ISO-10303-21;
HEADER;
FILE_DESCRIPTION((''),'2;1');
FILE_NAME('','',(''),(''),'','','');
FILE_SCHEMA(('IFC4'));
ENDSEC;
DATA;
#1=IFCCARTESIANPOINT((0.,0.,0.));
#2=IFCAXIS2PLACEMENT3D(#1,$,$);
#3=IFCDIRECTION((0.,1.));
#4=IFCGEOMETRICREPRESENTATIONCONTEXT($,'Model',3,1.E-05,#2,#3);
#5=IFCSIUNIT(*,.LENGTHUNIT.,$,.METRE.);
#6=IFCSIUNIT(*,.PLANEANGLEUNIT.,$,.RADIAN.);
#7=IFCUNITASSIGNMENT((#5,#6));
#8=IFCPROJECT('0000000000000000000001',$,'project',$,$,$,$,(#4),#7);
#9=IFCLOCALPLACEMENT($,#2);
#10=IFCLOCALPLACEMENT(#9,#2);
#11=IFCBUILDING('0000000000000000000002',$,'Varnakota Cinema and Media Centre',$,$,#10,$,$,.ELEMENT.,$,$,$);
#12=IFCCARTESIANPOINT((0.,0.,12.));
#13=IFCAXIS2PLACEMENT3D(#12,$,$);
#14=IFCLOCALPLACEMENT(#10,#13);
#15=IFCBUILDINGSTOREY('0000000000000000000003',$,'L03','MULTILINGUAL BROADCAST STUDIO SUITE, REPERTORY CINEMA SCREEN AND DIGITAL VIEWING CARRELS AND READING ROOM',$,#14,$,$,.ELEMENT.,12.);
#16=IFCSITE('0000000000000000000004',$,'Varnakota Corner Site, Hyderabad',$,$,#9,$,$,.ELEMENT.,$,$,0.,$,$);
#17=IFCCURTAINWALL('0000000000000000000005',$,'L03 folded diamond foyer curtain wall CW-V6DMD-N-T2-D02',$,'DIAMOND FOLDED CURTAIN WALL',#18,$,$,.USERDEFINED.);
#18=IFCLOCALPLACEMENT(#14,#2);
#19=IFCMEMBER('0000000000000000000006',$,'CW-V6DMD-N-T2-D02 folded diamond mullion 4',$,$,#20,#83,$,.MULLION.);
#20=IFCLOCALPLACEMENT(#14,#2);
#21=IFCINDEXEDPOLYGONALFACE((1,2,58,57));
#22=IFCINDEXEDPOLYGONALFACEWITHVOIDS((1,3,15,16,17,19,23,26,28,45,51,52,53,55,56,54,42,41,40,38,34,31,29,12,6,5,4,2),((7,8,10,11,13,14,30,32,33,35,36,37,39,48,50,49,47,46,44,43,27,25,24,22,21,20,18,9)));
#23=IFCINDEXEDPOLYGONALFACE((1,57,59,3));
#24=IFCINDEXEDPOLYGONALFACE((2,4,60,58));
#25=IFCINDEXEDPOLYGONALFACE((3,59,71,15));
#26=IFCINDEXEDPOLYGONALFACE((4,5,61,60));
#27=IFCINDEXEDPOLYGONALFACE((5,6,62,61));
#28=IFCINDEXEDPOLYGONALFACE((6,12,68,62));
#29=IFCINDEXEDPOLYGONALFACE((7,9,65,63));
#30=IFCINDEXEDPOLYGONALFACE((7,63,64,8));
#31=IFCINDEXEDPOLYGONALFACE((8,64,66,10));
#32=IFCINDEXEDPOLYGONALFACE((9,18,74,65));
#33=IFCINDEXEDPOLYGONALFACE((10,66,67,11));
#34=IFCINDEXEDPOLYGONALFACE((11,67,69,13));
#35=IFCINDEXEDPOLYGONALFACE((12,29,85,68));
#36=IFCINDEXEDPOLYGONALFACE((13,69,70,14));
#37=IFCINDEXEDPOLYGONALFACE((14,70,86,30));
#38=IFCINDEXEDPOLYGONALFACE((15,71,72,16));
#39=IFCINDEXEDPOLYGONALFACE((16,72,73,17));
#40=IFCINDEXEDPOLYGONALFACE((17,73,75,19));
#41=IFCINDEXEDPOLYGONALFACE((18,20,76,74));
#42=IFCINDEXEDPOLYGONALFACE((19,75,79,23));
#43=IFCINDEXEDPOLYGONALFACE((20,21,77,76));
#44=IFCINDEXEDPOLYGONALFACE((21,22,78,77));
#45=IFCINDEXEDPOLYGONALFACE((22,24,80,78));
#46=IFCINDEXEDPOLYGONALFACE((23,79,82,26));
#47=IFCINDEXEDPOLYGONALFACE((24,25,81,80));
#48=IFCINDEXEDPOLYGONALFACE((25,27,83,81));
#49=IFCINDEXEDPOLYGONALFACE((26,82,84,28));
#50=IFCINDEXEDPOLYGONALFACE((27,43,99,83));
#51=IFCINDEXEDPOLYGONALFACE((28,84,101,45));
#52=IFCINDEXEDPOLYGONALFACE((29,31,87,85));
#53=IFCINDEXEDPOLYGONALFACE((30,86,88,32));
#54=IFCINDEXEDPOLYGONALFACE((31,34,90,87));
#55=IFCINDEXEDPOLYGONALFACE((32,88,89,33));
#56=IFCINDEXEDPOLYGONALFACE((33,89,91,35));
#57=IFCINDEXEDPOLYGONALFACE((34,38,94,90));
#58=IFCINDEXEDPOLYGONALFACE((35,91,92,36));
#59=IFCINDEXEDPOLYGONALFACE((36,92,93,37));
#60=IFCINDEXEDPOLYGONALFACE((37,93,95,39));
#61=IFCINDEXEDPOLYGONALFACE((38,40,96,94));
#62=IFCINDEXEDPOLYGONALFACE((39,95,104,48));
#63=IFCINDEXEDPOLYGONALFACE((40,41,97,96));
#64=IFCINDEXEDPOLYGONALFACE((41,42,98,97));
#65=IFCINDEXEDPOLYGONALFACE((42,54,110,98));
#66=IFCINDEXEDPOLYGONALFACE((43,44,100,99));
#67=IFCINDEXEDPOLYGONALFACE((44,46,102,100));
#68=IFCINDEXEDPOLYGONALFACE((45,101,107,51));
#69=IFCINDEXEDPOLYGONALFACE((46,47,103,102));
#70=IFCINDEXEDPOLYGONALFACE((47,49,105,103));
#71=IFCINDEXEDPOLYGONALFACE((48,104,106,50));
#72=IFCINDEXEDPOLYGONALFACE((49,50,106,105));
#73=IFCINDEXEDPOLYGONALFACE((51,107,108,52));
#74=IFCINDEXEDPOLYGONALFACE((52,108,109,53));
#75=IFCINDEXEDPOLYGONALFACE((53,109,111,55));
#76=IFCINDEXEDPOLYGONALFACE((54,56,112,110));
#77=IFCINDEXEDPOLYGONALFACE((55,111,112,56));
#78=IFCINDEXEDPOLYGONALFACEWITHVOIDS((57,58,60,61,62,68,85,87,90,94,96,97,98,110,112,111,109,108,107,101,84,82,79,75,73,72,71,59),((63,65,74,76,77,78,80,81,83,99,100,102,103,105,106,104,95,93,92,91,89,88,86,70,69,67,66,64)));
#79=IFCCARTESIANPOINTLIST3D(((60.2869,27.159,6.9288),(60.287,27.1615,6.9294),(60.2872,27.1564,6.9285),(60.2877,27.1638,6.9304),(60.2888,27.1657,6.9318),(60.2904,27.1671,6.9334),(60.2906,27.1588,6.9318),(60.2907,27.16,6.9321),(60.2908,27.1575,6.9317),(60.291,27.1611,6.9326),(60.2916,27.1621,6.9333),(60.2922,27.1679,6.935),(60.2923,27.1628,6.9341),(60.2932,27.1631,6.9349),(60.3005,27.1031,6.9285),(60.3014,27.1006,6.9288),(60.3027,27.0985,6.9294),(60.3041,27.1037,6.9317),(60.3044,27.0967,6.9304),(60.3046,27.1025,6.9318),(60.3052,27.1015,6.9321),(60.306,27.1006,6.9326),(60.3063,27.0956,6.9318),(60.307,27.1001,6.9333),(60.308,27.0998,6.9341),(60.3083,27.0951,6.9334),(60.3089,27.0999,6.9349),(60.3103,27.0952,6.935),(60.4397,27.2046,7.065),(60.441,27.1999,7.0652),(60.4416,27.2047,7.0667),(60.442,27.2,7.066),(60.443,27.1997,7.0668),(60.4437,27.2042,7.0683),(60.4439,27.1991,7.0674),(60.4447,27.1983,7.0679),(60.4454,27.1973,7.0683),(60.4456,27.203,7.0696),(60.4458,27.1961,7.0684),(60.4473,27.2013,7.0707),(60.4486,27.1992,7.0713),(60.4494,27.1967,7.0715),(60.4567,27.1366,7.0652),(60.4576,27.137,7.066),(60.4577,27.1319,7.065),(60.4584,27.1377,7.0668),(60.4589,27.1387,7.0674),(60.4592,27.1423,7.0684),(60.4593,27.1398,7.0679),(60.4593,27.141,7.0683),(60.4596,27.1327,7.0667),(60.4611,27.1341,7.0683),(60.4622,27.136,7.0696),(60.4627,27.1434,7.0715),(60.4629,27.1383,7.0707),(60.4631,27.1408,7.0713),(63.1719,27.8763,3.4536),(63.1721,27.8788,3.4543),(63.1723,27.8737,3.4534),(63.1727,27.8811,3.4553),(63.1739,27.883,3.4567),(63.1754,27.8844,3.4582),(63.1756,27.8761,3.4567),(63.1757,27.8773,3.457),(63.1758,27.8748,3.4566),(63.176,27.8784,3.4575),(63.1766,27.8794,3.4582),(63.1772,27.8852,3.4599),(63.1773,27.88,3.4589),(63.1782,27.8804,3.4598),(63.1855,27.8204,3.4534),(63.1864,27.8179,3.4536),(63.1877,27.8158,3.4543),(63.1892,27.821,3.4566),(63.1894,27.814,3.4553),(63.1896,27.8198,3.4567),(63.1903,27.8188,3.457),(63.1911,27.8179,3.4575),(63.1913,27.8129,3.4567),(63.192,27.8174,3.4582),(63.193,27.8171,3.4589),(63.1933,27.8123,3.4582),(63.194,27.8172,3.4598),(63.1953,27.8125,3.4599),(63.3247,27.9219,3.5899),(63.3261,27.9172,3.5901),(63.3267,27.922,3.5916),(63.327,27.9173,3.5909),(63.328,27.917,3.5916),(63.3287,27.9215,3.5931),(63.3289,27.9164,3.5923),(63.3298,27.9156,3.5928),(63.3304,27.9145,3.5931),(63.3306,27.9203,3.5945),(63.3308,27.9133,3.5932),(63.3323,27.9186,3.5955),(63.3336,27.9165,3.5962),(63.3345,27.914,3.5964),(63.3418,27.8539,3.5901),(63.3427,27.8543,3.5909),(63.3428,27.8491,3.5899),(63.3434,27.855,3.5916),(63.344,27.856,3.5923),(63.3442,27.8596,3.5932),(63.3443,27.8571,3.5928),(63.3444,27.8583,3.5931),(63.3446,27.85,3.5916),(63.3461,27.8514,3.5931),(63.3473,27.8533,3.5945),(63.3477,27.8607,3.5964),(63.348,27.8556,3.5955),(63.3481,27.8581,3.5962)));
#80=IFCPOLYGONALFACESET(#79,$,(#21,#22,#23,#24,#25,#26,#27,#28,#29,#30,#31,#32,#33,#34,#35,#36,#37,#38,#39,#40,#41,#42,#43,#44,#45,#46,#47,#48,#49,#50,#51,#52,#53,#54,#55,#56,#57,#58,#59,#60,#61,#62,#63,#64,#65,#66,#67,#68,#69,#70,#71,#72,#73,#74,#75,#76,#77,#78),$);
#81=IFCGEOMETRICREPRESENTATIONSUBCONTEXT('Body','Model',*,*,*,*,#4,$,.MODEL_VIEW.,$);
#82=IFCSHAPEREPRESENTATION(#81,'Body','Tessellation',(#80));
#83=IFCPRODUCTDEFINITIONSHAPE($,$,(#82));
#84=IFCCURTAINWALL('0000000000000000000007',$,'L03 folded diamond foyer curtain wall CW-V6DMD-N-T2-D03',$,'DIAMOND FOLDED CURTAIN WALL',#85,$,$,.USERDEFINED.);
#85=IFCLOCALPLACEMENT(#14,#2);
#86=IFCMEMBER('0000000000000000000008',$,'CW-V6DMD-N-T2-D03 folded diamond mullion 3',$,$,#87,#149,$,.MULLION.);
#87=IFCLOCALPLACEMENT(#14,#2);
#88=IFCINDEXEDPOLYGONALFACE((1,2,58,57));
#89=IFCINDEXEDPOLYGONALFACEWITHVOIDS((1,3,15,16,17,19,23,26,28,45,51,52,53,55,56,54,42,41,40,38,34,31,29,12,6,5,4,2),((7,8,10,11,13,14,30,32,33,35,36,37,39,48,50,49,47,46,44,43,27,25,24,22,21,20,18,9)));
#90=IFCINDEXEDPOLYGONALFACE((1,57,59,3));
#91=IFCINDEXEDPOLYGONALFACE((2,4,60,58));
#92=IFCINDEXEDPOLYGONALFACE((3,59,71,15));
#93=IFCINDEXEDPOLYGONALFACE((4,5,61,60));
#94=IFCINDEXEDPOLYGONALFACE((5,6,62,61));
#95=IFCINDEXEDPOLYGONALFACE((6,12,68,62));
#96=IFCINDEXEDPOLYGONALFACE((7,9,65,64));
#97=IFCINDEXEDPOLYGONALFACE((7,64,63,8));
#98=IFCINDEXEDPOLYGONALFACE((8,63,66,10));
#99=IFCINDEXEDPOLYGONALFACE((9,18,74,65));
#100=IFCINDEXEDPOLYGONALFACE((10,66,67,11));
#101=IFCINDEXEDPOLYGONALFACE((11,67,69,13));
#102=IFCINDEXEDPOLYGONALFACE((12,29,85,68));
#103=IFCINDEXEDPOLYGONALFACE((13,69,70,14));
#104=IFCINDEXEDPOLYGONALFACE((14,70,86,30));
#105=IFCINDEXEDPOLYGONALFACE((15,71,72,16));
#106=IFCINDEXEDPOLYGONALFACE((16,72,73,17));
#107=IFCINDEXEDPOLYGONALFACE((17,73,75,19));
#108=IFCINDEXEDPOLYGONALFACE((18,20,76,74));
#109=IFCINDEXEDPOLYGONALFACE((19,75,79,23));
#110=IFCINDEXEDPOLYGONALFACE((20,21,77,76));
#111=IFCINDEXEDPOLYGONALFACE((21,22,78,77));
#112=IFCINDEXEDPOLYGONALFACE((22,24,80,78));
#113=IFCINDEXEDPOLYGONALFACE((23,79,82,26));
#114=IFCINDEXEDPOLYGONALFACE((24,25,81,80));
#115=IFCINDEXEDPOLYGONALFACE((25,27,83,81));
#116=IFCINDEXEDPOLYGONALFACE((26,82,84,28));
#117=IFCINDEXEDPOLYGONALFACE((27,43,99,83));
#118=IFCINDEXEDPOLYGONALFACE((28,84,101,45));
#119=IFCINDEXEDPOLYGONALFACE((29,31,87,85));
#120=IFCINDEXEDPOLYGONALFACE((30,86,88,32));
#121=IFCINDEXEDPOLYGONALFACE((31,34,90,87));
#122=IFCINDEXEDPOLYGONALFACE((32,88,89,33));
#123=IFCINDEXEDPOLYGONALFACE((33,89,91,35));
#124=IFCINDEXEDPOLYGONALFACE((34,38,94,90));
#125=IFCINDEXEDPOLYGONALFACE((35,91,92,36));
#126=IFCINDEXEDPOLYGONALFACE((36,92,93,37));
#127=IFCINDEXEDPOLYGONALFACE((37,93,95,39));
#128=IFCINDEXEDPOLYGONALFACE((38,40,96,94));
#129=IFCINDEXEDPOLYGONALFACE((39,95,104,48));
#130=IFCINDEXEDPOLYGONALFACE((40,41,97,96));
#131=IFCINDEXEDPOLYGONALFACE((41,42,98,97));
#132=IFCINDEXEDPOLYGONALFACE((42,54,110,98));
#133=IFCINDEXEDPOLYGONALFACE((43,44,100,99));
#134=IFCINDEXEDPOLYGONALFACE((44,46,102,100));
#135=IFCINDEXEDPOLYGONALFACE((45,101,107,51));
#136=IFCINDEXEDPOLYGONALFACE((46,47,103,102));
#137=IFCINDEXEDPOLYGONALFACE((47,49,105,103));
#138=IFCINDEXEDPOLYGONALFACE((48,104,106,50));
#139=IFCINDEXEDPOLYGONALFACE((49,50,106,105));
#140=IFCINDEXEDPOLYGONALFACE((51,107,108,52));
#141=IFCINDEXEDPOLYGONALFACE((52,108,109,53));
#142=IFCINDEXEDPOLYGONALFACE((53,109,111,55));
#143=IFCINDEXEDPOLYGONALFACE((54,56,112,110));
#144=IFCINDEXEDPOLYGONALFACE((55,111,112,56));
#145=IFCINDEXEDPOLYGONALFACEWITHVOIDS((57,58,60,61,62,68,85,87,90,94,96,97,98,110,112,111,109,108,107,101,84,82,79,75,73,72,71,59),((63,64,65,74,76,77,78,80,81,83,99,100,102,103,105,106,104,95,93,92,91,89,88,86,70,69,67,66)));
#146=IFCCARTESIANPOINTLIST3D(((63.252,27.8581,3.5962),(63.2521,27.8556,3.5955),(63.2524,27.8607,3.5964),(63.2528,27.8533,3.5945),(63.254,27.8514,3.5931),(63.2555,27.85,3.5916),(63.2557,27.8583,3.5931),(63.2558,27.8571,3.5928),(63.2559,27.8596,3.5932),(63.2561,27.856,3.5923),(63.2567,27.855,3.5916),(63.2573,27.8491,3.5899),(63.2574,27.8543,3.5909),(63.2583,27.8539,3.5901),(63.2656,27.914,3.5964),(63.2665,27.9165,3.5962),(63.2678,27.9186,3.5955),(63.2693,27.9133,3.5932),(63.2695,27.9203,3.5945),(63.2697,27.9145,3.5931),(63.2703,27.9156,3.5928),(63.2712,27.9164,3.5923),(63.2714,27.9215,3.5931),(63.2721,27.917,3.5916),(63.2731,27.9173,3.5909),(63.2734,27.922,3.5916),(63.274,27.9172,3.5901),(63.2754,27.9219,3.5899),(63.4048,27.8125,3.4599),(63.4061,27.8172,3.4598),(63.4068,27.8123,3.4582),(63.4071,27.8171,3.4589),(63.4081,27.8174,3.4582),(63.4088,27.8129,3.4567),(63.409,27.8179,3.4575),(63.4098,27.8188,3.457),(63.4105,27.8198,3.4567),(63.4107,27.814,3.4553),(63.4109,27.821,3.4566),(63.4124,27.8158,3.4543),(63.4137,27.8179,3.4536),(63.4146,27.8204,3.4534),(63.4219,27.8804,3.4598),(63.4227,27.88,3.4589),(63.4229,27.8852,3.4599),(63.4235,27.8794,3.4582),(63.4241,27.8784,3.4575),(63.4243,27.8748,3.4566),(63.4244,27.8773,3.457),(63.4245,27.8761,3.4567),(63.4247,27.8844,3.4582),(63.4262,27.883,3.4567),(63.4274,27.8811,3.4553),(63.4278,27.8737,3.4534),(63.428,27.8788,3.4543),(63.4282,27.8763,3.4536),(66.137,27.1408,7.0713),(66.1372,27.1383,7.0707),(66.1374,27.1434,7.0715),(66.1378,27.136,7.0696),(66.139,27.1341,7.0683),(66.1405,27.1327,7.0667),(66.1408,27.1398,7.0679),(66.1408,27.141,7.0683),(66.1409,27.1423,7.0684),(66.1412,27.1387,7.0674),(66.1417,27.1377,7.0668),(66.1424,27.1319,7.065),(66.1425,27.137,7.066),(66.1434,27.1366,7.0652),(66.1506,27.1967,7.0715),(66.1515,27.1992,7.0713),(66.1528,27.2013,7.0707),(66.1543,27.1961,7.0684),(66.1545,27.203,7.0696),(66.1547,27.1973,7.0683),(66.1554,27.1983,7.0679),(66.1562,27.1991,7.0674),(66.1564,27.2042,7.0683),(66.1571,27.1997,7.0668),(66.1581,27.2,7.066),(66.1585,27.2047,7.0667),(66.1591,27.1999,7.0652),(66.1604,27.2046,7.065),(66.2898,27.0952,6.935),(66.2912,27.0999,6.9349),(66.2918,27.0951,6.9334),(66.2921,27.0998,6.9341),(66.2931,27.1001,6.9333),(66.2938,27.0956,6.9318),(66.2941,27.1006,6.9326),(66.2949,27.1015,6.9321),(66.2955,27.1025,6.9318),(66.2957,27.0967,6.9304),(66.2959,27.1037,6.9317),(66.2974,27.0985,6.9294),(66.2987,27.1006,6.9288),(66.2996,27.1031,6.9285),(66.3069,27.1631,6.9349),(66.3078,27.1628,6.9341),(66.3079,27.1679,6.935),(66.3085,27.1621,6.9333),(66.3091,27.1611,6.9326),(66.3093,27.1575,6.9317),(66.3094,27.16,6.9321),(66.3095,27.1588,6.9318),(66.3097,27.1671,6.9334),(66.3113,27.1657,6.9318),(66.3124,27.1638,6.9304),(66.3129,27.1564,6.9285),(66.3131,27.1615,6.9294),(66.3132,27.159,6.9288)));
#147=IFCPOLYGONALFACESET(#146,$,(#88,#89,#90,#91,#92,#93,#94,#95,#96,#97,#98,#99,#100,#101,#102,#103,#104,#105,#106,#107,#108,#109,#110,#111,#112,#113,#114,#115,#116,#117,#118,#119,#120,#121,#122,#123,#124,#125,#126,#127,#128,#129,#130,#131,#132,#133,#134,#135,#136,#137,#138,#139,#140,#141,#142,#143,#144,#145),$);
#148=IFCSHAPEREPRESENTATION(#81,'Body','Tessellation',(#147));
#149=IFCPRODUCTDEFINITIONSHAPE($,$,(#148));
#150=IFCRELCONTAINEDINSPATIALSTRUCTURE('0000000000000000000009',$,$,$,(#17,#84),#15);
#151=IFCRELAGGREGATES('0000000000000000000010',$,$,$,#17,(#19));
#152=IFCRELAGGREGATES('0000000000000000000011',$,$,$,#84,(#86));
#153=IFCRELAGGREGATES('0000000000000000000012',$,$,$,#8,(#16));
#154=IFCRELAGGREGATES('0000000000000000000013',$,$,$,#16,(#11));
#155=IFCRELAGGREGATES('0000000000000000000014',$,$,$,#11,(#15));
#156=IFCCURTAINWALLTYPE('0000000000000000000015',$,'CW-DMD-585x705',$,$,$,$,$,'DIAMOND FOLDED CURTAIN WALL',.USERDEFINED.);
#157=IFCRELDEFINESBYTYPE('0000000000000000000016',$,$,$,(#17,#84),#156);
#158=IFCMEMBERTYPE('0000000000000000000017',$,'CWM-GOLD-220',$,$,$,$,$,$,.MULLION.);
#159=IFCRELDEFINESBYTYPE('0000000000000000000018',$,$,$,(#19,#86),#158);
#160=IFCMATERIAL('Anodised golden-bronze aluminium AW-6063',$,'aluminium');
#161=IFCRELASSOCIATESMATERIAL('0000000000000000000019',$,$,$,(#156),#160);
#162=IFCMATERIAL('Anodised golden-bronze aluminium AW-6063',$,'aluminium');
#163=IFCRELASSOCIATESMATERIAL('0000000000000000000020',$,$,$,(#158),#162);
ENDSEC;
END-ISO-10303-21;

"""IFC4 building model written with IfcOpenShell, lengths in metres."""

from ifc_helpers import new_model, si_unit, direction, frame, origin, origin_2d, place, context, subcontext, project, spatial, hollow_rectangle, extrude, material, material_profile, profile_set, type_object, element, aggregate, save


model = new_model("IFC4")

# Units and contexts
model_context = context("Model", 3, precision=1e-05, world=origin(), true_north=direction((0.0, 1.0)))
body_context = subcontext(model_context, "Body", "Model", "MODEL_VIEW")
ifc_project = project(units=[si_unit("LENGTHUNIT", "METRE"), si_unit("PLANEANGLEUNIT", "RADIAN")], contexts=[model_context])

# Site, building, storey
site_placement = place(None, origin())
site = spatial("IfcSite", under=ifc_project, at=site_placement, Name="Varnakota Corner Site, Hyderabad", CompositionType="ELEMENT", RefElevation=0.0)
building_placement = place(site_placement, origin())
building = spatial("IfcBuilding", under=site, at=building_placement, Name="Varnakota Cinema and Media Centre", CompositionType="ELEMENT")
storey_placement = place(building_placement, frame((0.0, 0.0, 12.0)))
storey = spatial("IfcBuildingStorey", under=building, at=storey_placement, Name="L03", Description="MULTILINGUAL BROADCAST STUDIO SUITE, REPERTORY CINEMA SCREEN AND DIGITAL VIEWING CARRELS AND READING ROOM", CompositionType="ELEMENT", Elevation=12.0)

# Curtain wall, member
ifc_material_1 = material(Name="Anodised golden-bronze aluminium AW-6063", Category="aluminium")
curtain_wall_type = type_object("IfcCurtainWallType", Name="CW-DMD-585x705", ElementType="DIAMOND FOLDED CURTAIN WALL", PredefinedType="USERDEFINED", material=ifc_material_1)
curtain_wall_1_placement = place(storey_placement, origin())
curtain_wall_1 = element("IfcCurtainWall", 1, at=curtain_wall_1_placement, inside=storey, type_object=curtain_wall_type, Name="L03 folded diamond foyer curtain wall CW-V6DMD-N-T2-D02", ObjectType="DIAMOND FOLDED CURTAIN WALL", PredefinedType="USERDEFINED")
ifc_material_2 = material(Name="Anodised golden-bronze aluminium AW-6063", Category="aluminium")
ifc_material_profile_1 = material_profile(ifc_material_2, hollow_rectangle(XDim=0.075, YDim=0.22, WallThickness=0.0049, InnerFilletRadius=0.0049, OuterFilletRadius=0.01, at=origin_2d()), Name="AL-MULLION 220x75x5")
ifc_profile_set_1 = profile_set([ifc_material_profile_1], Name="Anodised golden-bronze aluminium AW-6063")
member_type_1 = type_object("IfcMemberType", Name="CWM-GOLD-220", PredefinedType="MULLION", material=ifc_profile_set_1)
member_1_placement = place(storey_placement, frame((63.26, 27.8672, 3.5249), z_axis=(-0.630853, -0.156846, 0.759885), x_axis=(0.241279, -0.970456, 0.0)))
member_1 = element("IfcMember", 2, at=member_1_placement, type_object=member_type_1, Name="CW-V6DMD-N-T2-D02 folded diamond mullion 4", PredefinedType="MULLION", context=body_context, shape_type="SweptSolid", body=[
    extrude(hollow_rectangle(XDim=0.075, YDim=0.22, WallThickness=0.0049, InnerFilletRadius=0.0049, OuterFilletRadius=0.01, at=origin_2d()), origin(), (0.0, 0.0, 1.0), 4.5732),
])
aggregate(curtain_wall_1, [member_1])

# Curtain wall, member
curtain_wall_2_placement = place(storey_placement, origin())
curtain_wall_2 = element("IfcCurtainWall", 3, at=curtain_wall_2_placement, inside=storey, type_object=curtain_wall_type, Name="L03 folded diamond foyer curtain wall CW-V6DMD-N-T2-D03", ObjectType="DIAMOND FOLDED CURTAIN WALL", PredefinedType="USERDEFINED")
member_2_placement = place(storey_placement, frame((63.3401, 27.8672, 3.5249), z_axis=(0.630853, -0.156846, 0.759885), x_axis=(0.241279, 0.970456, 0.0)))
member_2 = element("IfcMember", 4, at=member_2_placement, type_object=member_type_1, Name="CW-V6DMD-N-T2-D03 folded diamond mullion 3", PredefinedType="MULLION", context=body_context, shape_type="SweptSolid", body=[
    extrude(hollow_rectangle(XDim=0.075, YDim=0.22, WallThickness=0.0049, InnerFilletRadius=0.0049, OuterFilletRadius=0.01, at=origin_2d()), origin(), (0.0, 0.0, 1.0), 4.5732),
])

aggregate(curtain_wall_2, [member_2])

save(model, "model.ifc")
